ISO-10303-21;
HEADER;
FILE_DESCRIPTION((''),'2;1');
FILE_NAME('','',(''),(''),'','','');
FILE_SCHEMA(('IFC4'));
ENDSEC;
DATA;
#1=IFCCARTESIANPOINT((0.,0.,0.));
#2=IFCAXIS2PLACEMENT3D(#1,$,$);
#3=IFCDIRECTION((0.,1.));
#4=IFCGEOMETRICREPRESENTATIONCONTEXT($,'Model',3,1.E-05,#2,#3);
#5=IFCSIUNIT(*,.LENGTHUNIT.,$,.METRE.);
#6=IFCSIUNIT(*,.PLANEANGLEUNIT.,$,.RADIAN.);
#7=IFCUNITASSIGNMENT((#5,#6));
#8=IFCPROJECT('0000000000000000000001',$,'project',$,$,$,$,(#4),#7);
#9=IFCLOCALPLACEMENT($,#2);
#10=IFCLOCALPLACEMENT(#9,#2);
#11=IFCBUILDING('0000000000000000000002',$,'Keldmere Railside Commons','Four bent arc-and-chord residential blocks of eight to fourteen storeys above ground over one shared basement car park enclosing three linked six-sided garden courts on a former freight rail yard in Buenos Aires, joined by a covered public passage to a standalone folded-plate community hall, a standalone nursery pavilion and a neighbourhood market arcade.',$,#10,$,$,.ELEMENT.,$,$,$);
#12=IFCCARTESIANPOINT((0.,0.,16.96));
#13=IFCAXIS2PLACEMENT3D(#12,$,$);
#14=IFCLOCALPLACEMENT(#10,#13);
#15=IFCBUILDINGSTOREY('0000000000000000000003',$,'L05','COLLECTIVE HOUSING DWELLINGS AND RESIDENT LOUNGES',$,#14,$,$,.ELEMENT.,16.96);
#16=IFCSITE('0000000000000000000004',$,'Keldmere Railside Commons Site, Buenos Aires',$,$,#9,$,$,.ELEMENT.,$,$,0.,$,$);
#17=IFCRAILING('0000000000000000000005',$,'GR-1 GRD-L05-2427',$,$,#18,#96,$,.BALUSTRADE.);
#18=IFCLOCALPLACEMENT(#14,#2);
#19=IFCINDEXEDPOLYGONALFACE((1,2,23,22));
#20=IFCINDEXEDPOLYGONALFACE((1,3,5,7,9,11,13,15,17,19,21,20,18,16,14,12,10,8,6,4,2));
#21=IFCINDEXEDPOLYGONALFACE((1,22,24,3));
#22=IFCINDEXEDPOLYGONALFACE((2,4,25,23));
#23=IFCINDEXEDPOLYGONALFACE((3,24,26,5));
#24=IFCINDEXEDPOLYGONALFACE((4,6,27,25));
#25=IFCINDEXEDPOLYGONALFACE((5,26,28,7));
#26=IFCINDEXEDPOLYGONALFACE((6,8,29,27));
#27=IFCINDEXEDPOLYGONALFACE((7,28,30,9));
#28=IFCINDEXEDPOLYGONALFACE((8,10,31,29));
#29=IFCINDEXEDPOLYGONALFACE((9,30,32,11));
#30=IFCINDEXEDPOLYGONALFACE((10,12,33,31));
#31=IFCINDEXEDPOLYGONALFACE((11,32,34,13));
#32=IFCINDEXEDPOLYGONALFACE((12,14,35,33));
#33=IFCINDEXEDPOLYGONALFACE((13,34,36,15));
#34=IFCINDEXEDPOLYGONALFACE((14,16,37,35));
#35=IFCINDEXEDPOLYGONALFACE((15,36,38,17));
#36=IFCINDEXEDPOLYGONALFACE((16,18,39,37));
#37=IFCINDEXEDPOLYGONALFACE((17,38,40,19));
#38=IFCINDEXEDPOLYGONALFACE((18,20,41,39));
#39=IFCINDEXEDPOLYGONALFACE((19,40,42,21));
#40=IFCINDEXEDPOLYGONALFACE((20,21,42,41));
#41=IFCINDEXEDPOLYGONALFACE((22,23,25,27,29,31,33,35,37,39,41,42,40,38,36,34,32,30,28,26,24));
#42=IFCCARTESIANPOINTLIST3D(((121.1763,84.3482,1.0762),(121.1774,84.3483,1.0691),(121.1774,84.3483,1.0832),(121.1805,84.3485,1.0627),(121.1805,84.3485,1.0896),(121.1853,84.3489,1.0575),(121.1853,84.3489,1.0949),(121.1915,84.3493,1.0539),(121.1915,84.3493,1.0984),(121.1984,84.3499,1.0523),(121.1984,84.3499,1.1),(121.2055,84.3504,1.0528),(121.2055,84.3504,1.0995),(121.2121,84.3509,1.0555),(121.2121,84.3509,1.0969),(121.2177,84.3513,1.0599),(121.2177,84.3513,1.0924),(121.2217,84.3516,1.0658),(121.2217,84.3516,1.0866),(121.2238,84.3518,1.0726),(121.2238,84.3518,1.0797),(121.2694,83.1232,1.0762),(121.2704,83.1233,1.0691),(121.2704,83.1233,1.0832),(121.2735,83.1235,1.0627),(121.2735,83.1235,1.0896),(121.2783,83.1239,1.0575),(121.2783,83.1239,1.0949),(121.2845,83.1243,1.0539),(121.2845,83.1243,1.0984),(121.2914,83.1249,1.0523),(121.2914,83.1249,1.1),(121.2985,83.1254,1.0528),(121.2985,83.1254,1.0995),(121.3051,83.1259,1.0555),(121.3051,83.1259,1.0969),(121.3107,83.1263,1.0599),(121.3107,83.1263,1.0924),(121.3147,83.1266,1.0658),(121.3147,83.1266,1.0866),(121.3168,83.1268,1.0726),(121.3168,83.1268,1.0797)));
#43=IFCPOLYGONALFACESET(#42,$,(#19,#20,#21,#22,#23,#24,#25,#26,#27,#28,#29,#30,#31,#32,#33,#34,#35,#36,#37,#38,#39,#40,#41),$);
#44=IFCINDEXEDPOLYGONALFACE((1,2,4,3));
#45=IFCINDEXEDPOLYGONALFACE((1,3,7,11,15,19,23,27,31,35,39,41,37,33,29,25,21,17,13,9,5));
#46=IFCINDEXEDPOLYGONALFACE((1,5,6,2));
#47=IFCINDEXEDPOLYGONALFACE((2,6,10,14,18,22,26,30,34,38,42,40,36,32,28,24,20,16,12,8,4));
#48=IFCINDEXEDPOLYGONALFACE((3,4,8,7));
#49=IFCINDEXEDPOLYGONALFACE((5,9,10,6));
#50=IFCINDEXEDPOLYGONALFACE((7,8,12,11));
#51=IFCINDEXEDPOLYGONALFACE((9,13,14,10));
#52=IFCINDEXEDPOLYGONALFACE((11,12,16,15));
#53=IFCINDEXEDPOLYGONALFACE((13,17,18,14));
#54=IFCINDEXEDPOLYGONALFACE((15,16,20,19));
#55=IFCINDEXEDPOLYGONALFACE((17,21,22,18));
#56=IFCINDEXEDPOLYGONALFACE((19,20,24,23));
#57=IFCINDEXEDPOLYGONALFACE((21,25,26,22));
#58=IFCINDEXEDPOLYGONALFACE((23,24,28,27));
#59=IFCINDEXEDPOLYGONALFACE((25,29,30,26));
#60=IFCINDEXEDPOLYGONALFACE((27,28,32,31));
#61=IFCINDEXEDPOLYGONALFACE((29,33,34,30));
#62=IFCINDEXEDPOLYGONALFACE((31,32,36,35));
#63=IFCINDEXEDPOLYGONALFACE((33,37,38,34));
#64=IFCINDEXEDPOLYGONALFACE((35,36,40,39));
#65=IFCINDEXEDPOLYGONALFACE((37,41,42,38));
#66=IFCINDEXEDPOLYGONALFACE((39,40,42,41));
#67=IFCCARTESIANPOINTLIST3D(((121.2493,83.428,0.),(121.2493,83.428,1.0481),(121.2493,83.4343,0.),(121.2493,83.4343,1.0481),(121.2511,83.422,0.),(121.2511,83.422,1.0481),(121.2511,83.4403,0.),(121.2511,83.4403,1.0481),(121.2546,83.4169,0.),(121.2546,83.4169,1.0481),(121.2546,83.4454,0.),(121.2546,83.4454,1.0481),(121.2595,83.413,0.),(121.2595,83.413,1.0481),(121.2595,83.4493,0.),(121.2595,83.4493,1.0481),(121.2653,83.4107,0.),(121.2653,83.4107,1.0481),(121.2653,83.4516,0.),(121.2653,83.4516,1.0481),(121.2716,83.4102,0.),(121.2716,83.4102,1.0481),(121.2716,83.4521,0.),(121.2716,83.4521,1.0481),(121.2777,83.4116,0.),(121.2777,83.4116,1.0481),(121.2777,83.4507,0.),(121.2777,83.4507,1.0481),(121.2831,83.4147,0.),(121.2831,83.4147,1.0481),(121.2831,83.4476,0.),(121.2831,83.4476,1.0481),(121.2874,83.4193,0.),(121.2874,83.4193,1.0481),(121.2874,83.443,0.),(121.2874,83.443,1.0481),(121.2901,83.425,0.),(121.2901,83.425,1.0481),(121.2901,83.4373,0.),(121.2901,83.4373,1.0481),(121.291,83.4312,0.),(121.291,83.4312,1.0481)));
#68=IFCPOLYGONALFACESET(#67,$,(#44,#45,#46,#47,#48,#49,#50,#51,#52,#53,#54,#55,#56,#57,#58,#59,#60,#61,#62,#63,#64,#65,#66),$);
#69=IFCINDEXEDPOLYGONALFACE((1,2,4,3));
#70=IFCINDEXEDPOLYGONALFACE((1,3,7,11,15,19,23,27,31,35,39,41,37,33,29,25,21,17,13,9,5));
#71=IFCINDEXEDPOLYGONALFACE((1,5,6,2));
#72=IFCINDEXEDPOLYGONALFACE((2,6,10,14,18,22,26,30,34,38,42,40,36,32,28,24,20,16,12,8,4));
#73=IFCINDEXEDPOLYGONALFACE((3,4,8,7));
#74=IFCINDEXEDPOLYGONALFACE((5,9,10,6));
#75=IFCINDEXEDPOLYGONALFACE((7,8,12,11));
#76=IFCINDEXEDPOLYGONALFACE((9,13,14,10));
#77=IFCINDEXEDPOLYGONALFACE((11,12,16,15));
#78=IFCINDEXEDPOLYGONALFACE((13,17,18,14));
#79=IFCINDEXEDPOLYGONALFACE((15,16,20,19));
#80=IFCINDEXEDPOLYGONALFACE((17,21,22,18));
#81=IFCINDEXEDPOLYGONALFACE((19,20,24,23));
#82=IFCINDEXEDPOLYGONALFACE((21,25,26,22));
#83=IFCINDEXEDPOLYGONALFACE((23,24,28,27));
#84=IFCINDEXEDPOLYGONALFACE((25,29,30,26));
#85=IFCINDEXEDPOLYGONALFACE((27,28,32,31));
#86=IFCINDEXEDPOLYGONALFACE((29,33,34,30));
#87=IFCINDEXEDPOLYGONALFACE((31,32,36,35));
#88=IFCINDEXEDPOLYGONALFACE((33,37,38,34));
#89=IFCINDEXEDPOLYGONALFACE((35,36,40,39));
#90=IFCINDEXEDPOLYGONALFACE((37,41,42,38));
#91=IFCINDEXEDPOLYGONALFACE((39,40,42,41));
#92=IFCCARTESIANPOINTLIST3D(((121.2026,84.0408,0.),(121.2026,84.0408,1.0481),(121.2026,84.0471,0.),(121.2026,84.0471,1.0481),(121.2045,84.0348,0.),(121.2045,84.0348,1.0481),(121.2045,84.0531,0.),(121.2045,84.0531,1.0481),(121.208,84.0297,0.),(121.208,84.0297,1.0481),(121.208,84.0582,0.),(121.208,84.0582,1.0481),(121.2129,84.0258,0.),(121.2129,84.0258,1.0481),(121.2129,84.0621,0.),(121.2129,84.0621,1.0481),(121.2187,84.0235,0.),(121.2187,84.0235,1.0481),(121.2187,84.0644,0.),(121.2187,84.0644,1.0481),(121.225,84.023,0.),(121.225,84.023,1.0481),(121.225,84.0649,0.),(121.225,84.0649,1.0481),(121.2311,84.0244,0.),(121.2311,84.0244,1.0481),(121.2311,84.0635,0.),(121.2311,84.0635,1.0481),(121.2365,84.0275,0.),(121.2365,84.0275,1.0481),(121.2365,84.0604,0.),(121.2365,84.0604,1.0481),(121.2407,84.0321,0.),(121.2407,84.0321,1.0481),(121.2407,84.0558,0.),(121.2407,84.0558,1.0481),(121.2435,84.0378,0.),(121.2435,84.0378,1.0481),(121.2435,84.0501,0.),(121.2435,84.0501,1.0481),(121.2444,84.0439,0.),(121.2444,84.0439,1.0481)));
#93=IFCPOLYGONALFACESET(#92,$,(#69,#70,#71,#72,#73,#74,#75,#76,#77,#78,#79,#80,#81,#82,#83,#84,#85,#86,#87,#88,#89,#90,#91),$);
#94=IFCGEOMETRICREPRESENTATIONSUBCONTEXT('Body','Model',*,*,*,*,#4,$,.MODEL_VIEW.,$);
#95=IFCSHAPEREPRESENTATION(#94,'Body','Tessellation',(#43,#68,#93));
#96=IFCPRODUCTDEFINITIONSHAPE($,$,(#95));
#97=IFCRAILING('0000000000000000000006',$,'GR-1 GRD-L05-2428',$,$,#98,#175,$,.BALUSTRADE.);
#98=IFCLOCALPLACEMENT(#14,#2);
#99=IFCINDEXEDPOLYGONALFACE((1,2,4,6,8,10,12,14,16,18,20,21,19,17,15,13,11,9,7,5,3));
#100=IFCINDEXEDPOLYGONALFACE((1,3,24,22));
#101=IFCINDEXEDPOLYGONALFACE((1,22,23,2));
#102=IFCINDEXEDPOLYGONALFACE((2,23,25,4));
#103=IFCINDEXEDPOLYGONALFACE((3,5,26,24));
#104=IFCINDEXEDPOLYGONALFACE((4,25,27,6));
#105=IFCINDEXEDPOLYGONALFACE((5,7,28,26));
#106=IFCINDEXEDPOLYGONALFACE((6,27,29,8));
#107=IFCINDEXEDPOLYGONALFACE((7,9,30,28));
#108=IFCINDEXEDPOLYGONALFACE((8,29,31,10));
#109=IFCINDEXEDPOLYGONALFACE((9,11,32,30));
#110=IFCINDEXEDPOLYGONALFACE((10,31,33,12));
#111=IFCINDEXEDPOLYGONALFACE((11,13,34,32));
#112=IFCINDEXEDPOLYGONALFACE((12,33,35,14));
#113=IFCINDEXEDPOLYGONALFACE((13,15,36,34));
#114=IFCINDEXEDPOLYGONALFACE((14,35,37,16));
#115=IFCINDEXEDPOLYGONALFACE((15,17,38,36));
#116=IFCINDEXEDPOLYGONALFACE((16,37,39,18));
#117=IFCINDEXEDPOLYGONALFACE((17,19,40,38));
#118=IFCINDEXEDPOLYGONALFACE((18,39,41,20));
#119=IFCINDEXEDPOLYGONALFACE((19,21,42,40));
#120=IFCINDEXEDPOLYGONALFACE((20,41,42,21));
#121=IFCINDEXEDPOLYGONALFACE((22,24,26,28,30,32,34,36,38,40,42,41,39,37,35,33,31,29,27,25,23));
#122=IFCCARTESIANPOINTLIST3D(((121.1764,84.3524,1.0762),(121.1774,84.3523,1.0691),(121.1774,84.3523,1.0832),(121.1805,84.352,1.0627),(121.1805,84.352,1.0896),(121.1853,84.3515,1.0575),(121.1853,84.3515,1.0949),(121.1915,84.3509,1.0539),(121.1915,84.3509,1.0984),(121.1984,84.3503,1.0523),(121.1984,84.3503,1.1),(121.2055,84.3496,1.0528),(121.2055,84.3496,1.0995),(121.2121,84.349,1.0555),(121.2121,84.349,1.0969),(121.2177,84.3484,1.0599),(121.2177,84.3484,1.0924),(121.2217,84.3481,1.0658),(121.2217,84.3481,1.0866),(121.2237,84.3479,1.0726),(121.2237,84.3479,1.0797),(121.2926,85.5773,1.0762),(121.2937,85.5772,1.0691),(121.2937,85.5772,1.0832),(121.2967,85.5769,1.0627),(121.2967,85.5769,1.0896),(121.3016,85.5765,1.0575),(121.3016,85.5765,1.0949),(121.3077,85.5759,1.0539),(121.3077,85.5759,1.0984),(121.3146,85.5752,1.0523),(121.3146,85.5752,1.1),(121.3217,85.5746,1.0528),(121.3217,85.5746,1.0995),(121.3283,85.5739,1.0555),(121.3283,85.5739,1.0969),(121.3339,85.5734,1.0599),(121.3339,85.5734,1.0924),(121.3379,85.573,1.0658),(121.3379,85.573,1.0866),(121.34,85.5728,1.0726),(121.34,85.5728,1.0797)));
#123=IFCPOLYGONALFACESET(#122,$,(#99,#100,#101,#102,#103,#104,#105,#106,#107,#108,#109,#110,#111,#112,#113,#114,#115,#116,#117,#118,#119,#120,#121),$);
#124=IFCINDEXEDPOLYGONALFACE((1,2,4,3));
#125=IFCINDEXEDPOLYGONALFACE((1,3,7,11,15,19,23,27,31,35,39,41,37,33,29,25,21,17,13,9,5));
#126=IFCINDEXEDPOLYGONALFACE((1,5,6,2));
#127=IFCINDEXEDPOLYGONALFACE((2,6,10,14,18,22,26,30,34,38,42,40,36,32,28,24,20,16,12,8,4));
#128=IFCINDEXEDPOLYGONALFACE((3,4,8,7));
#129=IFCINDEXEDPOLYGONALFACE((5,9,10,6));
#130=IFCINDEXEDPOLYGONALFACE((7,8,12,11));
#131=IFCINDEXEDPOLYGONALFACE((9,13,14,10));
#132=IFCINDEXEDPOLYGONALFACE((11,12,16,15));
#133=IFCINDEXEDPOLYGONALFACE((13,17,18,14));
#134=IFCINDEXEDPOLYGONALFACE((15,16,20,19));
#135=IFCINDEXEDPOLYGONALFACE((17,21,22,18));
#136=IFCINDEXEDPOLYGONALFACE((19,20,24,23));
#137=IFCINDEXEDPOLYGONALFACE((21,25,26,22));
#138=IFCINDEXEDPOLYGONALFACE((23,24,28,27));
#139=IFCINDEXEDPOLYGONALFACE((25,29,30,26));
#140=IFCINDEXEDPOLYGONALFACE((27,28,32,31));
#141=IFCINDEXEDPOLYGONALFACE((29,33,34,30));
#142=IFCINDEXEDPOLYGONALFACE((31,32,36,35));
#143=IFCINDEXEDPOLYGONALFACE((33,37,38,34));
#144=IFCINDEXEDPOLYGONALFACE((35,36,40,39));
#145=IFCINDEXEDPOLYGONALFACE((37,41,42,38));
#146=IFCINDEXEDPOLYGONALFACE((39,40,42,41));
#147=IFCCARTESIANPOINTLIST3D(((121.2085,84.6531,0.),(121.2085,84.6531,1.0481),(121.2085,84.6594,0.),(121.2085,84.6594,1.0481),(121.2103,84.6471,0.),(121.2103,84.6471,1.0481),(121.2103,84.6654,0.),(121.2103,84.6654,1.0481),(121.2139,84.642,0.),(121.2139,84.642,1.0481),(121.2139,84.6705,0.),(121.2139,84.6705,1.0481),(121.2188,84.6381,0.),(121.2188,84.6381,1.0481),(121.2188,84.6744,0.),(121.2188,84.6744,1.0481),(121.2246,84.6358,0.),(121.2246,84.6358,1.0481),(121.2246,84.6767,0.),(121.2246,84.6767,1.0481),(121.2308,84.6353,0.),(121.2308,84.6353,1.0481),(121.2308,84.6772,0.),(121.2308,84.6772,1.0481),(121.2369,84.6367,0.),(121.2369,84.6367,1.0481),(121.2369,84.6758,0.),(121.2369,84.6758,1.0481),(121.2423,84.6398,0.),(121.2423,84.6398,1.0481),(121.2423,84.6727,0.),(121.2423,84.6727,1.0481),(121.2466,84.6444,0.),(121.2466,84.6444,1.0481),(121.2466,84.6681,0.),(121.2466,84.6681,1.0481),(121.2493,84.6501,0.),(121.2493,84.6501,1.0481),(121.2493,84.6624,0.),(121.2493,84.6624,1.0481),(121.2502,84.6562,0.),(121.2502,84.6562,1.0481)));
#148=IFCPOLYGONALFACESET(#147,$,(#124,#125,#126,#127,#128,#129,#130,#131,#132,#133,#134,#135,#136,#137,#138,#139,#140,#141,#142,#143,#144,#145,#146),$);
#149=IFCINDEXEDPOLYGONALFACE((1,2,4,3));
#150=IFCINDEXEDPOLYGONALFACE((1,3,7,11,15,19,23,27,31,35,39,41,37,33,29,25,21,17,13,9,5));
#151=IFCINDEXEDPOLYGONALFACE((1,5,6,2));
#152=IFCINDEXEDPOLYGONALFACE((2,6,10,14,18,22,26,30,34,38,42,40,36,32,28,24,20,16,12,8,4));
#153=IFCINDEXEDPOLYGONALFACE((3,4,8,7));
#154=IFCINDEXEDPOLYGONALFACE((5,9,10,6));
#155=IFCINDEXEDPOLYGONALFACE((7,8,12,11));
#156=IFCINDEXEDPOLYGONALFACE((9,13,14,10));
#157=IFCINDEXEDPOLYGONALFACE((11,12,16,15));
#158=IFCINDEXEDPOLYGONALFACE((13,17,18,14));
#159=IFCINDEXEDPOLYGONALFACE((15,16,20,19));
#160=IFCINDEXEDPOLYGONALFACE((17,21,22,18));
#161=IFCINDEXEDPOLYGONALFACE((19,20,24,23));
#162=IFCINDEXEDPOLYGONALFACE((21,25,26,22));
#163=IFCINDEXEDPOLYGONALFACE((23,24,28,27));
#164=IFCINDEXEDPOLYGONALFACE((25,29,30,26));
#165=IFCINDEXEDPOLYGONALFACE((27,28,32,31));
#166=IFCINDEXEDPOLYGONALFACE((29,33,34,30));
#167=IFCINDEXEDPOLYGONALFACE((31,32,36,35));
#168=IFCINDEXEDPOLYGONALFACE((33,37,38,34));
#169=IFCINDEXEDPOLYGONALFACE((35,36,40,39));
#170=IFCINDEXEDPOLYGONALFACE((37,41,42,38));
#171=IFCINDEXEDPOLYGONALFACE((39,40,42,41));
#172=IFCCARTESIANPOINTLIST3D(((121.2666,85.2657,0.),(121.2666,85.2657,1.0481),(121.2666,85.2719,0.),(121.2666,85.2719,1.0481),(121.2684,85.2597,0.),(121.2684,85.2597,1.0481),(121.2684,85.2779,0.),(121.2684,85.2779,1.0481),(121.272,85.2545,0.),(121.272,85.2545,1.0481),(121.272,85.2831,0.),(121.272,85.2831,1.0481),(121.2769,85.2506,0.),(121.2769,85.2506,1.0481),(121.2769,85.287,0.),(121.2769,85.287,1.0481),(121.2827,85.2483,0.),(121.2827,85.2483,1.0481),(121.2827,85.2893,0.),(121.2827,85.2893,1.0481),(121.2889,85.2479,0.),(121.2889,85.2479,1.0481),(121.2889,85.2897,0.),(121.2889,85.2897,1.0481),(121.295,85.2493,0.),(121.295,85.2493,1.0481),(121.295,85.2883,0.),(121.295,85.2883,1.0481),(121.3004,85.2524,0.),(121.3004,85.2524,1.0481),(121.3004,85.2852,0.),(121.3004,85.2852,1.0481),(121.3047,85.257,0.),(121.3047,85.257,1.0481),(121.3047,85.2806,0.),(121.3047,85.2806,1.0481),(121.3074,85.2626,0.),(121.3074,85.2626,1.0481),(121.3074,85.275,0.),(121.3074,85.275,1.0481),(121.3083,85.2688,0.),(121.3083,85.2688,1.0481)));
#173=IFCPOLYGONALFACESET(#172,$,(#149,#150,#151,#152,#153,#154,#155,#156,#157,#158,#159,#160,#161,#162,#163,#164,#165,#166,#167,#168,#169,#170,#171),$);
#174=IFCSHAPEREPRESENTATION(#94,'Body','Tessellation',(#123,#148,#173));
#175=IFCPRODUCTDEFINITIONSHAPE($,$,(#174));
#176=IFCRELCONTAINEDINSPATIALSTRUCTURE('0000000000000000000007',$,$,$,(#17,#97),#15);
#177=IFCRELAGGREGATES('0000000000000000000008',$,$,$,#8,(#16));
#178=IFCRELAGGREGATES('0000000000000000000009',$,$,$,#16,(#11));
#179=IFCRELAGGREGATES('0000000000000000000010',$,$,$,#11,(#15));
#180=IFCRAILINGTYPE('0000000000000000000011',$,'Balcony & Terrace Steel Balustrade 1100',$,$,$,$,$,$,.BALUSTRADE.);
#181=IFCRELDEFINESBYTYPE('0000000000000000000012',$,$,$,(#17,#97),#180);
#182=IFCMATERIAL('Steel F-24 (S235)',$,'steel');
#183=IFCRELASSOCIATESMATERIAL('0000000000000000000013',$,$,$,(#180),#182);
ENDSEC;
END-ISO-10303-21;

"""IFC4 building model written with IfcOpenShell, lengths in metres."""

from ifc_helpers import new_model, si_unit, direction, frame, origin, origin_2d, place, context, subcontext, project, spatial, circle, extrude, material, type_object, element, save


model = new_model("IFC4")

# Units and contexts
model_context = context("Model", 3, precision=1e-05, world=origin(), true_north=direction((0.0, 1.0)))
body_context = subcontext(model_context, "Body", "Model", "MODEL_VIEW")
ifc_project = project(units=[si_unit("LENGTHUNIT", "METRE"), si_unit("PLANEANGLEUNIT", "RADIAN")], contexts=[model_context])

# Site, building, storey
site_placement = place(None, origin())
site = spatial("IfcSite", under=ifc_project, at=site_placement, Name="Keldmere Railside Commons Site, Buenos Aires", CompositionType="ELEMENT", RefElevation=0.0)
building_placement = place(site_placement, origin())
building = spatial("IfcBuilding", under=site, at=building_placement, Name="Keldmere Railside Commons", Description="Four bent arc-and-chord residential blocks of eight to fourteen storeys above ground over one shared basement car park enclosing three linked six-sided garden courts on a former freight rail yard in Buenos Aires, joined by a covered public passage to a standalone folded-plate community hall, a standalone nursery pavilion and a neighbourhood market arcade.", CompositionType="ELEMENT")
storey_placement = place(building_placement, frame((0.0, 0.0, 16.96)))
storey = spatial("IfcBuildingStorey", under=building, at=storey_placement, Name="L05", Description="COLLECTIVE HOUSING DWELLINGS AND RESIDENT LOUNGES", CompositionType="ELEMENT", Elevation=16.96)

# Railings
ifc_material_1 = material(Name="Steel F-24 (S235)", Category="steel")
railing_type = type_object("IfcRailingType", Name="Balcony & Terrace Steel Balustrade 1100", PredefinedType="BALUSTRADE", material=ifc_material_1)
railing_1_placement = place(storey_placement, frame((121.2932, 83.125, 0.0)))
element("IfcRailing", 1, at=railing_1_placement, inside=storey, type_object=railing_type, Name="GR-1 GRD-L05-2427", PredefinedType="BALUSTRADE", context=body_context, shape_type="SweptSolid", body=[
    extrude(circle(Radius=0.0239, at=origin_2d()), frame((0.0, 0.0, 1.0762), z_axis=(-0.075709, 0.99713, 0.0), x_axis=(-0.99713, -0.075709, 0.0)), (0.0, 0.0, 1.0), 1.2285),
    extrude(circle(Radius=0.021, at=origin_2d()), frame((-0.0232, 0.3062, 0.0)), (0.0, 0.0, 1.0), 1.0481),
    extrude(circle(Radius=0.021, at=origin_2d()), frame((-0.0698, 0.9189, 0.0)), (0.0, 0.0, 1.0), 1.0481),
])
railing_2_placement = place(storey_placement, frame((121.2002, 84.3501, 0.0)))
element("IfcRailing", 2, at=railing_2_placement, inside=storey, type_object=railing_type, Name="GR-1 GRD-L05-2428", PredefinedType="BALUSTRADE", context=body_context, shape_type="SweptSolid", body=[
    extrude(circle(Radius=0.0239, at=origin_2d()), frame((0.0, 0.0, 1.0762), z_axis=(0.094453, 0.995529, 0.0), x_axis=(-0.995529, 0.094453, 0.0)), (0.0, 0.0, 1.0), 1.2305),
    extrude(circle(Radius=0.021, at=origin_2d()), frame((0.0291, 0.3062, 0.0)), (0.0, 0.0, 1.0), 1.0481),
    extrude(circle(Radius=0.021, at=origin_2d()), frame((0.0872, 0.9187, 0.0)), (0.0, 0.0, 1.0), 1.0481),
])

save(model, "model.ifc")
